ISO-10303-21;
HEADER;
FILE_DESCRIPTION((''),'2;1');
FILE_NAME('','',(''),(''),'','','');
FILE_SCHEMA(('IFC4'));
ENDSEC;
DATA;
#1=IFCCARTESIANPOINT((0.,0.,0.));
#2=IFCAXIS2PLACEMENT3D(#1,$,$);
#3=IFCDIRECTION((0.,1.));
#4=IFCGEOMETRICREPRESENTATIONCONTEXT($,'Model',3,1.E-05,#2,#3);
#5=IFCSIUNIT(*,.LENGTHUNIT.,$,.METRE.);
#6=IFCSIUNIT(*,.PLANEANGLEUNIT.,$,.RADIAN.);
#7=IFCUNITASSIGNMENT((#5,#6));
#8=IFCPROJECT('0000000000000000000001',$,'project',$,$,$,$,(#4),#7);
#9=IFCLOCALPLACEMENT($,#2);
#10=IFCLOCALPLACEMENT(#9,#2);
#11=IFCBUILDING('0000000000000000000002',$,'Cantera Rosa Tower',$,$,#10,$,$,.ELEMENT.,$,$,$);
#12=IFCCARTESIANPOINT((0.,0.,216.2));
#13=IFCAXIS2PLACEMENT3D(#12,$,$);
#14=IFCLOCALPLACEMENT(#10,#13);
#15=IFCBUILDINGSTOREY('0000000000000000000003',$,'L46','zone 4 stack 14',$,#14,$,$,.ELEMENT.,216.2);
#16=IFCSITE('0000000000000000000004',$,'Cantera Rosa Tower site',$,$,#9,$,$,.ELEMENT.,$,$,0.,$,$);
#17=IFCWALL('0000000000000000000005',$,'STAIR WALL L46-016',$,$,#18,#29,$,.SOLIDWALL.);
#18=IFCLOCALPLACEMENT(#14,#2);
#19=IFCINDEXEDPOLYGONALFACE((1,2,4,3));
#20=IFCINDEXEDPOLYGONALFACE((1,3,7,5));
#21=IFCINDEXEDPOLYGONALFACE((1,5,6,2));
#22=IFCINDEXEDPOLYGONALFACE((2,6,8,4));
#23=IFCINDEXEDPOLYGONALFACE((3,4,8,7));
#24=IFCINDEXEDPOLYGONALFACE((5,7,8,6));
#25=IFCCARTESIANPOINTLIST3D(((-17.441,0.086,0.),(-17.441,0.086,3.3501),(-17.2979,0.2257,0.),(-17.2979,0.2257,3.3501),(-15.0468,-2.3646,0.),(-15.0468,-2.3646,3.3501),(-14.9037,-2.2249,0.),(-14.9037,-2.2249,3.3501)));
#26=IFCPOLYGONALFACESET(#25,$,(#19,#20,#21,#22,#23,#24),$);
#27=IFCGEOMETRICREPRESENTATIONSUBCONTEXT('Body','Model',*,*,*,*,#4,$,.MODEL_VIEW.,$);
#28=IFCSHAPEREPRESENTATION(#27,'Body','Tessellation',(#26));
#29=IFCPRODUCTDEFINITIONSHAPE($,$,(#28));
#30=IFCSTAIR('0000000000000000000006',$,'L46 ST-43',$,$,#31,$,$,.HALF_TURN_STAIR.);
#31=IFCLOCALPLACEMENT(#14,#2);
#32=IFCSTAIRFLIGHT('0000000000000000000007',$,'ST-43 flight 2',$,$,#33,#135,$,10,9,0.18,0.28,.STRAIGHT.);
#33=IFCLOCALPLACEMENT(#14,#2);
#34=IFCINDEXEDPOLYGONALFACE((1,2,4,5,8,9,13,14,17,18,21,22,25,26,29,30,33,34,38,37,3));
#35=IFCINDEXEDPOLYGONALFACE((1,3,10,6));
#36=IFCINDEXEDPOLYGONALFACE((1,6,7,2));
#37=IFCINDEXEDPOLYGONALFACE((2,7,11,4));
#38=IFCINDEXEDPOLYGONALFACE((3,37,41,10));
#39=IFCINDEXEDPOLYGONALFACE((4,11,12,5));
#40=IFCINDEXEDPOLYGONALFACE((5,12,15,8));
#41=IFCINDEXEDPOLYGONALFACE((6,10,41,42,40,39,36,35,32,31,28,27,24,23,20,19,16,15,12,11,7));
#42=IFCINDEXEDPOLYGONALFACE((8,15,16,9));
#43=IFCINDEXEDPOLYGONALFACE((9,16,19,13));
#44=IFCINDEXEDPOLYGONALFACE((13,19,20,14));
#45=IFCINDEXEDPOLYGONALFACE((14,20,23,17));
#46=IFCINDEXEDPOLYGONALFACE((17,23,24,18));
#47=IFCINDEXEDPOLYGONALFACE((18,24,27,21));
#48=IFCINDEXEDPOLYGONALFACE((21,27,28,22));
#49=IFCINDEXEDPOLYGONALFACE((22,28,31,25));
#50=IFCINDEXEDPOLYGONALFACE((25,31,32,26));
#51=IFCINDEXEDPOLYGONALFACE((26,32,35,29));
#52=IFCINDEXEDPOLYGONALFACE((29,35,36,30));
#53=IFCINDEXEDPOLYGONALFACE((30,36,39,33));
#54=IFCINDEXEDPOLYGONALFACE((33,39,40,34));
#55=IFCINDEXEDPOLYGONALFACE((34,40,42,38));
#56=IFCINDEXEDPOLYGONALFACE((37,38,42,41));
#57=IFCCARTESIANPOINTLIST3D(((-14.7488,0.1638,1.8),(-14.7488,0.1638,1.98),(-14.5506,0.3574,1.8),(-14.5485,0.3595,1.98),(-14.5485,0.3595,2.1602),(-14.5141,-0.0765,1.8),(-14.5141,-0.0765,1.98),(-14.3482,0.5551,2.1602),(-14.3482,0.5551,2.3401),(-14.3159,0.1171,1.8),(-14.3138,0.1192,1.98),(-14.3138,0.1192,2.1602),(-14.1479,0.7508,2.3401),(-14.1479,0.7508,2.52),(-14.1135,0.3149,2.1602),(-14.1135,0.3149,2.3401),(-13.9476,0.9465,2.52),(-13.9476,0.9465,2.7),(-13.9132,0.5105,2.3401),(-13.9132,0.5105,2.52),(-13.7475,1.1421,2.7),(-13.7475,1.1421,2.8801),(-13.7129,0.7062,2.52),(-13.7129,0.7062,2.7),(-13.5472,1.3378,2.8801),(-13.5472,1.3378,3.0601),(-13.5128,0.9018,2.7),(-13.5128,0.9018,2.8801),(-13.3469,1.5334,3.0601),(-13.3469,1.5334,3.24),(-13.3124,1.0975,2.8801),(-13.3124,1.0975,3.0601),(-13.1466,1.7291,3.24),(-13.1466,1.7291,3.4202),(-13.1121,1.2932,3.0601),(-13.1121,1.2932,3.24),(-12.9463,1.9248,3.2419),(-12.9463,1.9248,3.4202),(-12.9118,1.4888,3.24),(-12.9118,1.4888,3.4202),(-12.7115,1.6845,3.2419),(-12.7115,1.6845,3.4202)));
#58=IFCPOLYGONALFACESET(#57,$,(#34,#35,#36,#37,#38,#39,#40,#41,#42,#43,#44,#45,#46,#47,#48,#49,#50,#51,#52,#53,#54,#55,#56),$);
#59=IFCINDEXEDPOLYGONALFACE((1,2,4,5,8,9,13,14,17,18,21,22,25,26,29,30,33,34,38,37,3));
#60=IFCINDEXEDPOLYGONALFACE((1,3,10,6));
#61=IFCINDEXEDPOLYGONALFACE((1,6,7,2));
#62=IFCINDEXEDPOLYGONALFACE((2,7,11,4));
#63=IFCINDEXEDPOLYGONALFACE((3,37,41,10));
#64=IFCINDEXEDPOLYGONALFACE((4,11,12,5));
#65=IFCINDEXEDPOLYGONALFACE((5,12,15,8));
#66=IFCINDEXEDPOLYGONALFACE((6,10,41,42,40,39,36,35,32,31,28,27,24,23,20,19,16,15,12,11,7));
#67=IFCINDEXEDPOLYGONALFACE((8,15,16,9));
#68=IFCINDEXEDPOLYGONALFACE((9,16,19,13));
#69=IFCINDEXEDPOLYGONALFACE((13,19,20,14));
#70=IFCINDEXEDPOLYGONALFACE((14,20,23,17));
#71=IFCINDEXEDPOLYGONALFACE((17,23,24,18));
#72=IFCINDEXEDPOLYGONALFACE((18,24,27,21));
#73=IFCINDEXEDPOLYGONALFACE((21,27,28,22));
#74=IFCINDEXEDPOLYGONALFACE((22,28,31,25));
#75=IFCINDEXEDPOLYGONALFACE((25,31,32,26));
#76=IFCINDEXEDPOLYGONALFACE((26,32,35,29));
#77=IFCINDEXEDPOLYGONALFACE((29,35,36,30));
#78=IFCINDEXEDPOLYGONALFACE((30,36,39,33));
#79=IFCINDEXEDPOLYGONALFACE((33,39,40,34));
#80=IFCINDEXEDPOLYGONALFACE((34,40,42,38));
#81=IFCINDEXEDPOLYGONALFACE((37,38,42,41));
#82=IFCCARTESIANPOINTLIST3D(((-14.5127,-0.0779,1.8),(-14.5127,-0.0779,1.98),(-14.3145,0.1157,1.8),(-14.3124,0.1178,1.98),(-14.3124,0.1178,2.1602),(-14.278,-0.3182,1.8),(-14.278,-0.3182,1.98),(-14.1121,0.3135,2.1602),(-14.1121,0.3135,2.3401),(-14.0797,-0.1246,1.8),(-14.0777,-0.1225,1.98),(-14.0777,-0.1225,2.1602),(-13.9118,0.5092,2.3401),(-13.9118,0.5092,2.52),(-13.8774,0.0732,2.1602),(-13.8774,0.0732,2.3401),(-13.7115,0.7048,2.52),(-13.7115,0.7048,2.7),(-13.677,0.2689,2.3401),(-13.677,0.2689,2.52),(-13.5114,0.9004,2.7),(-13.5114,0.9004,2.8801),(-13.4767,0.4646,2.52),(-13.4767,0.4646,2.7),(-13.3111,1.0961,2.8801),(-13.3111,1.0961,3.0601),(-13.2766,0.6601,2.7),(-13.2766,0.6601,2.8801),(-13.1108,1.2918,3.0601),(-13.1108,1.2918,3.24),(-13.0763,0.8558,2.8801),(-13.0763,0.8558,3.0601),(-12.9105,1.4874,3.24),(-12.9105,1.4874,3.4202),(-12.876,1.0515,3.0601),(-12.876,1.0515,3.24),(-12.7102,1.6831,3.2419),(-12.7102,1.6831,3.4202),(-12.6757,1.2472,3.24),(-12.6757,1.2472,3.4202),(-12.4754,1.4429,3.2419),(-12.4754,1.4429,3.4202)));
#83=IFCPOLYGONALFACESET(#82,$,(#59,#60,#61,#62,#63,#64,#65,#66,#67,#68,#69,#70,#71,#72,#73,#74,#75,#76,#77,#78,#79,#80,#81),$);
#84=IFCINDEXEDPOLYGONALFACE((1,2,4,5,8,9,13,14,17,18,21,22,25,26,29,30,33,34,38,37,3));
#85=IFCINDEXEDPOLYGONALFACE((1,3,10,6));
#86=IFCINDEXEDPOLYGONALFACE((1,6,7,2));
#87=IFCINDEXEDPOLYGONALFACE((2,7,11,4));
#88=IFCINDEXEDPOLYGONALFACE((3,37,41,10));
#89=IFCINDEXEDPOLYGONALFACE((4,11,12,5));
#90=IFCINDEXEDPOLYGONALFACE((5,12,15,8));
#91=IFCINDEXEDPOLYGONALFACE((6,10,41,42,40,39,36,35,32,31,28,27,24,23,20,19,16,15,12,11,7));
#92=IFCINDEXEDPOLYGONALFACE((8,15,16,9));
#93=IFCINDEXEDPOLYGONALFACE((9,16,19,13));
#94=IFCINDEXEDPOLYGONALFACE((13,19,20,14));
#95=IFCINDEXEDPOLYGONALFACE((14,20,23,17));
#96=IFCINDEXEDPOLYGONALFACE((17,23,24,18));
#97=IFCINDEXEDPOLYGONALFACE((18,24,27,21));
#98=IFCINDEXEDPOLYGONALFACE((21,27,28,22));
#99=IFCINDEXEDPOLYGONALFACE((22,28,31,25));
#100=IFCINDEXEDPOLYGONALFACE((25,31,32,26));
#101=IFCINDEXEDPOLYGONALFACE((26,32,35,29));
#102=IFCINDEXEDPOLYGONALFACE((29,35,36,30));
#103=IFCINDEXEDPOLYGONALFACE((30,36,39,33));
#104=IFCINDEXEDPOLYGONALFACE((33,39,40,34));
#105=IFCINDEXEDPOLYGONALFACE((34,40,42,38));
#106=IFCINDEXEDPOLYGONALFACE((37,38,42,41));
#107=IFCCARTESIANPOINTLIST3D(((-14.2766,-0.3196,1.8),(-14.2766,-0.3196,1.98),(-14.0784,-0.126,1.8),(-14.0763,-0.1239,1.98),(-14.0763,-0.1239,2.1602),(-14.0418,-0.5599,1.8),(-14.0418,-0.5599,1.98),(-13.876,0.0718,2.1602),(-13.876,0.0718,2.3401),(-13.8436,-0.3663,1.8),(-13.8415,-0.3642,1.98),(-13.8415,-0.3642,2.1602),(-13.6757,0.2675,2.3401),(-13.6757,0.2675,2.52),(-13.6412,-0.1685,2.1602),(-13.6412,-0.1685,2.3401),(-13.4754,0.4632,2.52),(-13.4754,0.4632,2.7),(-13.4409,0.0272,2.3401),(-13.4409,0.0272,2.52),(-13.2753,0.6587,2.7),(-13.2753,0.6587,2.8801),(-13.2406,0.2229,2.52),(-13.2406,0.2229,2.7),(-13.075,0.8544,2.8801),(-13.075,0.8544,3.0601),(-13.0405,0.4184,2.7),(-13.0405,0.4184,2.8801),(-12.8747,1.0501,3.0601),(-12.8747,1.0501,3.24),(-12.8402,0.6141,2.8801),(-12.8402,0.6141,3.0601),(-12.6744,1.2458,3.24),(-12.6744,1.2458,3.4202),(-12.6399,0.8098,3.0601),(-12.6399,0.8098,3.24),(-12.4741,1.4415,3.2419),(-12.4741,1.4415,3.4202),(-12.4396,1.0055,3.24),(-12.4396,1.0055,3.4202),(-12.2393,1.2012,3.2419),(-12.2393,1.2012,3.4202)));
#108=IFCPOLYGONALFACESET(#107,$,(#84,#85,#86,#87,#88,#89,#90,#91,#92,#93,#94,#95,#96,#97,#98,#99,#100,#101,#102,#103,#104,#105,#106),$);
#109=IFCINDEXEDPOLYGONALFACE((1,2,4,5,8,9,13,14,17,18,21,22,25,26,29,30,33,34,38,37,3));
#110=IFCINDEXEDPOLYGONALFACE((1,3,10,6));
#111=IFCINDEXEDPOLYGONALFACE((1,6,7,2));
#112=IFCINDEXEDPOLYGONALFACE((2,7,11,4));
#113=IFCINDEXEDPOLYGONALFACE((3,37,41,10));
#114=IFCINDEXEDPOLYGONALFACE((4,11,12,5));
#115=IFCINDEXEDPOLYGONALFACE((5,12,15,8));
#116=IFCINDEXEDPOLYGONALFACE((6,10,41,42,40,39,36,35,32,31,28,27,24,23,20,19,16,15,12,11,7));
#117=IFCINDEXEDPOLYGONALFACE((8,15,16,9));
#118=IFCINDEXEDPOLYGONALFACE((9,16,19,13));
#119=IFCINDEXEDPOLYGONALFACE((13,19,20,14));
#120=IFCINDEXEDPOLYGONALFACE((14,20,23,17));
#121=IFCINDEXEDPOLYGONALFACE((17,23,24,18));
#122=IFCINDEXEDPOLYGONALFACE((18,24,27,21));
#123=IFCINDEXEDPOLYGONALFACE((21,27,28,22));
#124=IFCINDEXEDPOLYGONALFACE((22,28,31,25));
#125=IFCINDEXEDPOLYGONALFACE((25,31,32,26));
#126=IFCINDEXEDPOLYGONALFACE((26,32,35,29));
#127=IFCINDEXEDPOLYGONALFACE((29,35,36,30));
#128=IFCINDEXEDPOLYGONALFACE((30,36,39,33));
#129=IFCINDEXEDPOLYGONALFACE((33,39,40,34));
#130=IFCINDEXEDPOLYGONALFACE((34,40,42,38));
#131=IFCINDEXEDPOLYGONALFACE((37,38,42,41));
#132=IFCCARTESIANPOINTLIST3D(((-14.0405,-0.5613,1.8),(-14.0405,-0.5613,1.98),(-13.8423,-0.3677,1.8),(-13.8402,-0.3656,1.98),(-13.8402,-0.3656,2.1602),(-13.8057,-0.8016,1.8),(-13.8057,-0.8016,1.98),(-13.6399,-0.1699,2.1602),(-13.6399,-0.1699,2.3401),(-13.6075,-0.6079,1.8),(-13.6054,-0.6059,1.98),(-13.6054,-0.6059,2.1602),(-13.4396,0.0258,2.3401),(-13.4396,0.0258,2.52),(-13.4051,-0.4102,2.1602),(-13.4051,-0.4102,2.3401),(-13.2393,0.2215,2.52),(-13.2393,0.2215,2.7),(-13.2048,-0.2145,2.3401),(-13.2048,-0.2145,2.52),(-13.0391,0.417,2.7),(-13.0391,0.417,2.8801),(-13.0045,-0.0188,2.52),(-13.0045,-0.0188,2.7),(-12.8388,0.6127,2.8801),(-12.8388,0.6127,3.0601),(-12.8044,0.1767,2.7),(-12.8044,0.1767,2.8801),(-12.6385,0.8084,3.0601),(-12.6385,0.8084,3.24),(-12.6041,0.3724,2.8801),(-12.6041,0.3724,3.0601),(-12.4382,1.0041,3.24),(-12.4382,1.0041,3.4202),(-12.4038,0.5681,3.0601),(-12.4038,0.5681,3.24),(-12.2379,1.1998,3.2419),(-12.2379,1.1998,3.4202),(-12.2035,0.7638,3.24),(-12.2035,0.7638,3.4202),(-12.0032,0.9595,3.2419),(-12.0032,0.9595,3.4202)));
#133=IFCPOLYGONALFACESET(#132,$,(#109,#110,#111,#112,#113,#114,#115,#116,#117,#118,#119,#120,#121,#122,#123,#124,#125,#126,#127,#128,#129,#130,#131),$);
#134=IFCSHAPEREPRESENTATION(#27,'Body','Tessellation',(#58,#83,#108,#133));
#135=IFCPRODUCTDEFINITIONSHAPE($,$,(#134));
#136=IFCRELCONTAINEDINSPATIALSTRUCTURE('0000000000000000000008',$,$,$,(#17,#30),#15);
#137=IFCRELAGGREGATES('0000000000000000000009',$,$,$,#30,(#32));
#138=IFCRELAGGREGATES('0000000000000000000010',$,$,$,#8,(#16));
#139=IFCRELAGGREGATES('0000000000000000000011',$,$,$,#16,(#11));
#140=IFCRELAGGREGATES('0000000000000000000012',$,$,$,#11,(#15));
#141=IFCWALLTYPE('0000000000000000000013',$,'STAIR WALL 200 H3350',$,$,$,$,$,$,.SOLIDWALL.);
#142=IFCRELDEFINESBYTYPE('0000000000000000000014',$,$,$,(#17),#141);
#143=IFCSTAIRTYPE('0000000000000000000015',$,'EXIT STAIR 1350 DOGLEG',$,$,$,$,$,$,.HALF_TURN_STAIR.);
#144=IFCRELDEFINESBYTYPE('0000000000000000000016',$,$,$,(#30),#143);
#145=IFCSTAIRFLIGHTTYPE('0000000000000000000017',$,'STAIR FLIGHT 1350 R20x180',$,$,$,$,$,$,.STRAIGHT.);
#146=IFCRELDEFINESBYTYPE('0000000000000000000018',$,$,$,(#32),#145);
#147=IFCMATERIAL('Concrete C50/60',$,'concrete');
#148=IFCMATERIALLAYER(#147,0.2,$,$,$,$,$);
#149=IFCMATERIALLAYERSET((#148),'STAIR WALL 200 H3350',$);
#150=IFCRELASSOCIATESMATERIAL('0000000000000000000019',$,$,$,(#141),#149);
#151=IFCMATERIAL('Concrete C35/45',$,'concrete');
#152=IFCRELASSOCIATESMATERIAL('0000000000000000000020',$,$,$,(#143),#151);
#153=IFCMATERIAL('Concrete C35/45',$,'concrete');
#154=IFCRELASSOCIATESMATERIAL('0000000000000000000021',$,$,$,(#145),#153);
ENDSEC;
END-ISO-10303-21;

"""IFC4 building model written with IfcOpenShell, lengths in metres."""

from ifc_helpers import new_model, si_unit, direction, frame, frame_2d, origin, place, context, subcontext, project, spatial, polyline, rectangle, outline, extrude, material, layer, layer_set, type_object, element, aggregate, save


model = new_model("IFC4")

# Units and contexts
model_context = context("Model", 3, precision=1e-05, world=origin(), true_north=direction((0.0, 1.0)))
body_context = subcontext(model_context, "Body", "Model", "MODEL_VIEW")
ifc_project = project(units=[si_unit("LENGTHUNIT", "METRE"), si_unit("PLANEANGLEUNIT", "RADIAN")], contexts=[model_context])

# Site, building, storey
site_placement = place(None, origin())
site = spatial("IfcSite", under=ifc_project, at=site_placement, Name="Cantera Rosa Tower site", CompositionType="ELEMENT", RefElevation=0.0)
building_placement = place(site_placement, origin())
building = spatial("IfcBuilding", under=site, at=building_placement, Name="Cantera Rosa Tower", CompositionType="ELEMENT")
storey_placement = place(building_placement, frame((0.0, 0.0, 216.2)))
storey = spatial("IfcBuildingStorey", under=building, at=storey_placement, Name="L46", Description="zone 4 stack 14", CompositionType="ELEMENT", Elevation=216.2)

# Wall
ifc_material_1 = material(Name="Concrete C50/60", Category="concrete")
ifc_layer_1 = layer(ifc_material_1, 0.2)
ifc_layer_set_1 = layer_set([ifc_layer_1], Name="STAIR WALL 200 H3350")
wall_type_1 = type_object("IfcWallType", Name="STAIR WALL 200 H3350", PredefinedType="SOLIDWALL", material=ifc_layer_set_1)
wall_1_placement = place(storey_placement, frame((-14.9753, -2.2947, 0.0), z_axis=(0.0, 0.0, 1.0), x_axis=(-0.698829, 0.715289, 0.0)))
element("IfcWall", 1, at=wall_1_placement, inside=storey, type_object=wall_type_1, Name="STAIR WALL L46-016", PredefinedType="SOLIDWALL", context=body_context, shape_type="SweptSolid", body=[
    extrude(rectangle(XDim=3.426, YDim=0.2, at=frame_2d((1.7129, 0.0))), origin(), (0.0, 0.0, 1.0), 3.3501),
])

# Stair, stair flight
ifc_material_2 = material(Name="Concrete C35/45", Category="concrete")
stair_type = type_object("IfcStairType", Name="EXIT STAIR 1350 DOGLEG", PredefinedType="HALF_TURN_STAIR", material=ifc_material_2)
stair_placement = place(storey_placement, origin())
stair = element("IfcStair", 2, at=stair_placement, inside=storey, type_object=stair_type, Name="L46 ST-43", PredefinedType="HALF_TURN_STAIR")
ifc_material_3 = material(Name="Concrete C35/45", Category="concrete")
stair_flight_type = type_object("IfcStairFlightType", Name="STAIR FLIGHT 1350 R20x180", PredefinedType="STRAIGHT", material=ifc_material_3)
stair_flight_placement = place(storey_placement, frame((-14.2771, -0.3191, 1.8), z_axis=(0.0, 0.0, 1.0), x_axis=(0.715286, 0.698832, 0.0)))
stair_flight = element("IfcStairFlight", 3, at=stair_flight_placement, type_object=stair_flight_type, Name="ST-43 flight 2", NumberOfRisers=10, NumberOfTreads=9, PredefinedType="STRAIGHT", RiserHeight=0.18, TreadLength=0.28, context=body_context, shape_type="SweptSolid", body=[
    extrude(outline(polyline([(0.0, 0.0), (0.0, 0.1799), (0.28, 0.1799), (0.28, 0.3601), (0.5601, 0.3601), (0.5601, 0.54), (0.8401, 0.54), (0.8401, 0.72), (1.1201, 0.72), (1.1201, 0.8999), (1.3999, 0.8999), (1.3999, 1.0801), (1.6799, 1.0801), (1.6799, 1.26), (1.96, 1.26), (1.96, 1.4399), (2.24, 1.4399), (2.24, 1.6201), (2.52, 1.6201), (2.52, 1.8), (2.52, 1.4419), (0.2771, 0.0), (0.0, 0.0)])), frame((0.0, 0.675, 0.0), z_axis=(0.0, -1.0, 0.0), x_axis=(1.0, 0.0, 0.0)), (0.0, 0.0, 1.0), 0.3359),
    extrude(outline(polyline([(0.0, 0.0), (0.0, 0.1799), (0.28, 0.1799), (0.28, 0.3601), (0.5601, 0.3601), (0.5601, 0.54), (0.8401, 0.54), (0.8401, 0.72), (1.1201, 0.72), (1.1201, 0.8999), (1.3999, 0.8999), (1.3999, 1.0801), (1.6799, 1.0801), (1.6799, 1.26), (1.96, 1.26), (1.96, 1.4399), (2.24, 1.4399), (2.24, 1.6201), (2.52, 1.6201), (2.52, 1.8), (2.52, 1.4419), (0.2771, 0.0), (0.0, 0.0)])), frame((0.0, 0.3372, 0.0), z_axis=(0.0, -1.0, 0.0), x_axis=(1.0, 0.0, 0.0)), (0.0, 0.0, 1.0), 0.3359),
    extrude(outline(polyline([(0.0, 0.0), (0.0, 0.1799), (0.28, 0.1799), (0.28, 0.3601), (0.5601, 0.3601), (0.5601, 0.54), (0.8401, 0.54), (0.8401, 0.72), (1.1201, 0.72), (1.1201, 0.8999), (1.3999, 0.8999), (1.3999, 1.0801), (1.6799, 1.0801), (1.6799, 1.26), (1.96, 1.26), (1.96, 1.4399), (2.24, 1.4399), (2.24, 1.6201), (2.52, 1.6201), (2.52, 1.8), (2.52, 1.4419), (0.2771, 0.0), (0.0, 0.0)])), frame((0.0, -0.0007, 0.0), z_axis=(0.0, -1.0, 0.0), x_axis=(1.0, 0.0, 0.0)), (0.0, 0.0, 1.0), 0.3359),
    extrude(outline(polyline([(0.0, 0.0), (0.0, 0.1799), (0.28, 0.1799), (0.28, 0.3601), (0.5601, 0.3601), (0.5601, 0.54), (0.8401, 0.54), (0.8401, 0.72), (1.1201, 0.72), (1.1201, 0.8999), (1.3999, 0.8999), (1.3999, 1.0801), (1.6799, 1.0801), (1.6799, 1.26), (1.96, 1.26), (1.96, 1.4399), (2.24, 1.4399), (2.24, 1.6201), (2.52, 1.6201), (2.52, 1.8), (2.52, 1.4419), (0.2771, 0.0), (0.0, 0.0)])), frame((0.0, -0.3386, 0.0), z_axis=(0.0, -1.0, 0.0), x_axis=(1.0, 0.0, 0.0)), (0.0, 0.0, 1.0), 0.3359),
])
aggregate(stair, [stair_flight])

save(model, "model.ifc")
